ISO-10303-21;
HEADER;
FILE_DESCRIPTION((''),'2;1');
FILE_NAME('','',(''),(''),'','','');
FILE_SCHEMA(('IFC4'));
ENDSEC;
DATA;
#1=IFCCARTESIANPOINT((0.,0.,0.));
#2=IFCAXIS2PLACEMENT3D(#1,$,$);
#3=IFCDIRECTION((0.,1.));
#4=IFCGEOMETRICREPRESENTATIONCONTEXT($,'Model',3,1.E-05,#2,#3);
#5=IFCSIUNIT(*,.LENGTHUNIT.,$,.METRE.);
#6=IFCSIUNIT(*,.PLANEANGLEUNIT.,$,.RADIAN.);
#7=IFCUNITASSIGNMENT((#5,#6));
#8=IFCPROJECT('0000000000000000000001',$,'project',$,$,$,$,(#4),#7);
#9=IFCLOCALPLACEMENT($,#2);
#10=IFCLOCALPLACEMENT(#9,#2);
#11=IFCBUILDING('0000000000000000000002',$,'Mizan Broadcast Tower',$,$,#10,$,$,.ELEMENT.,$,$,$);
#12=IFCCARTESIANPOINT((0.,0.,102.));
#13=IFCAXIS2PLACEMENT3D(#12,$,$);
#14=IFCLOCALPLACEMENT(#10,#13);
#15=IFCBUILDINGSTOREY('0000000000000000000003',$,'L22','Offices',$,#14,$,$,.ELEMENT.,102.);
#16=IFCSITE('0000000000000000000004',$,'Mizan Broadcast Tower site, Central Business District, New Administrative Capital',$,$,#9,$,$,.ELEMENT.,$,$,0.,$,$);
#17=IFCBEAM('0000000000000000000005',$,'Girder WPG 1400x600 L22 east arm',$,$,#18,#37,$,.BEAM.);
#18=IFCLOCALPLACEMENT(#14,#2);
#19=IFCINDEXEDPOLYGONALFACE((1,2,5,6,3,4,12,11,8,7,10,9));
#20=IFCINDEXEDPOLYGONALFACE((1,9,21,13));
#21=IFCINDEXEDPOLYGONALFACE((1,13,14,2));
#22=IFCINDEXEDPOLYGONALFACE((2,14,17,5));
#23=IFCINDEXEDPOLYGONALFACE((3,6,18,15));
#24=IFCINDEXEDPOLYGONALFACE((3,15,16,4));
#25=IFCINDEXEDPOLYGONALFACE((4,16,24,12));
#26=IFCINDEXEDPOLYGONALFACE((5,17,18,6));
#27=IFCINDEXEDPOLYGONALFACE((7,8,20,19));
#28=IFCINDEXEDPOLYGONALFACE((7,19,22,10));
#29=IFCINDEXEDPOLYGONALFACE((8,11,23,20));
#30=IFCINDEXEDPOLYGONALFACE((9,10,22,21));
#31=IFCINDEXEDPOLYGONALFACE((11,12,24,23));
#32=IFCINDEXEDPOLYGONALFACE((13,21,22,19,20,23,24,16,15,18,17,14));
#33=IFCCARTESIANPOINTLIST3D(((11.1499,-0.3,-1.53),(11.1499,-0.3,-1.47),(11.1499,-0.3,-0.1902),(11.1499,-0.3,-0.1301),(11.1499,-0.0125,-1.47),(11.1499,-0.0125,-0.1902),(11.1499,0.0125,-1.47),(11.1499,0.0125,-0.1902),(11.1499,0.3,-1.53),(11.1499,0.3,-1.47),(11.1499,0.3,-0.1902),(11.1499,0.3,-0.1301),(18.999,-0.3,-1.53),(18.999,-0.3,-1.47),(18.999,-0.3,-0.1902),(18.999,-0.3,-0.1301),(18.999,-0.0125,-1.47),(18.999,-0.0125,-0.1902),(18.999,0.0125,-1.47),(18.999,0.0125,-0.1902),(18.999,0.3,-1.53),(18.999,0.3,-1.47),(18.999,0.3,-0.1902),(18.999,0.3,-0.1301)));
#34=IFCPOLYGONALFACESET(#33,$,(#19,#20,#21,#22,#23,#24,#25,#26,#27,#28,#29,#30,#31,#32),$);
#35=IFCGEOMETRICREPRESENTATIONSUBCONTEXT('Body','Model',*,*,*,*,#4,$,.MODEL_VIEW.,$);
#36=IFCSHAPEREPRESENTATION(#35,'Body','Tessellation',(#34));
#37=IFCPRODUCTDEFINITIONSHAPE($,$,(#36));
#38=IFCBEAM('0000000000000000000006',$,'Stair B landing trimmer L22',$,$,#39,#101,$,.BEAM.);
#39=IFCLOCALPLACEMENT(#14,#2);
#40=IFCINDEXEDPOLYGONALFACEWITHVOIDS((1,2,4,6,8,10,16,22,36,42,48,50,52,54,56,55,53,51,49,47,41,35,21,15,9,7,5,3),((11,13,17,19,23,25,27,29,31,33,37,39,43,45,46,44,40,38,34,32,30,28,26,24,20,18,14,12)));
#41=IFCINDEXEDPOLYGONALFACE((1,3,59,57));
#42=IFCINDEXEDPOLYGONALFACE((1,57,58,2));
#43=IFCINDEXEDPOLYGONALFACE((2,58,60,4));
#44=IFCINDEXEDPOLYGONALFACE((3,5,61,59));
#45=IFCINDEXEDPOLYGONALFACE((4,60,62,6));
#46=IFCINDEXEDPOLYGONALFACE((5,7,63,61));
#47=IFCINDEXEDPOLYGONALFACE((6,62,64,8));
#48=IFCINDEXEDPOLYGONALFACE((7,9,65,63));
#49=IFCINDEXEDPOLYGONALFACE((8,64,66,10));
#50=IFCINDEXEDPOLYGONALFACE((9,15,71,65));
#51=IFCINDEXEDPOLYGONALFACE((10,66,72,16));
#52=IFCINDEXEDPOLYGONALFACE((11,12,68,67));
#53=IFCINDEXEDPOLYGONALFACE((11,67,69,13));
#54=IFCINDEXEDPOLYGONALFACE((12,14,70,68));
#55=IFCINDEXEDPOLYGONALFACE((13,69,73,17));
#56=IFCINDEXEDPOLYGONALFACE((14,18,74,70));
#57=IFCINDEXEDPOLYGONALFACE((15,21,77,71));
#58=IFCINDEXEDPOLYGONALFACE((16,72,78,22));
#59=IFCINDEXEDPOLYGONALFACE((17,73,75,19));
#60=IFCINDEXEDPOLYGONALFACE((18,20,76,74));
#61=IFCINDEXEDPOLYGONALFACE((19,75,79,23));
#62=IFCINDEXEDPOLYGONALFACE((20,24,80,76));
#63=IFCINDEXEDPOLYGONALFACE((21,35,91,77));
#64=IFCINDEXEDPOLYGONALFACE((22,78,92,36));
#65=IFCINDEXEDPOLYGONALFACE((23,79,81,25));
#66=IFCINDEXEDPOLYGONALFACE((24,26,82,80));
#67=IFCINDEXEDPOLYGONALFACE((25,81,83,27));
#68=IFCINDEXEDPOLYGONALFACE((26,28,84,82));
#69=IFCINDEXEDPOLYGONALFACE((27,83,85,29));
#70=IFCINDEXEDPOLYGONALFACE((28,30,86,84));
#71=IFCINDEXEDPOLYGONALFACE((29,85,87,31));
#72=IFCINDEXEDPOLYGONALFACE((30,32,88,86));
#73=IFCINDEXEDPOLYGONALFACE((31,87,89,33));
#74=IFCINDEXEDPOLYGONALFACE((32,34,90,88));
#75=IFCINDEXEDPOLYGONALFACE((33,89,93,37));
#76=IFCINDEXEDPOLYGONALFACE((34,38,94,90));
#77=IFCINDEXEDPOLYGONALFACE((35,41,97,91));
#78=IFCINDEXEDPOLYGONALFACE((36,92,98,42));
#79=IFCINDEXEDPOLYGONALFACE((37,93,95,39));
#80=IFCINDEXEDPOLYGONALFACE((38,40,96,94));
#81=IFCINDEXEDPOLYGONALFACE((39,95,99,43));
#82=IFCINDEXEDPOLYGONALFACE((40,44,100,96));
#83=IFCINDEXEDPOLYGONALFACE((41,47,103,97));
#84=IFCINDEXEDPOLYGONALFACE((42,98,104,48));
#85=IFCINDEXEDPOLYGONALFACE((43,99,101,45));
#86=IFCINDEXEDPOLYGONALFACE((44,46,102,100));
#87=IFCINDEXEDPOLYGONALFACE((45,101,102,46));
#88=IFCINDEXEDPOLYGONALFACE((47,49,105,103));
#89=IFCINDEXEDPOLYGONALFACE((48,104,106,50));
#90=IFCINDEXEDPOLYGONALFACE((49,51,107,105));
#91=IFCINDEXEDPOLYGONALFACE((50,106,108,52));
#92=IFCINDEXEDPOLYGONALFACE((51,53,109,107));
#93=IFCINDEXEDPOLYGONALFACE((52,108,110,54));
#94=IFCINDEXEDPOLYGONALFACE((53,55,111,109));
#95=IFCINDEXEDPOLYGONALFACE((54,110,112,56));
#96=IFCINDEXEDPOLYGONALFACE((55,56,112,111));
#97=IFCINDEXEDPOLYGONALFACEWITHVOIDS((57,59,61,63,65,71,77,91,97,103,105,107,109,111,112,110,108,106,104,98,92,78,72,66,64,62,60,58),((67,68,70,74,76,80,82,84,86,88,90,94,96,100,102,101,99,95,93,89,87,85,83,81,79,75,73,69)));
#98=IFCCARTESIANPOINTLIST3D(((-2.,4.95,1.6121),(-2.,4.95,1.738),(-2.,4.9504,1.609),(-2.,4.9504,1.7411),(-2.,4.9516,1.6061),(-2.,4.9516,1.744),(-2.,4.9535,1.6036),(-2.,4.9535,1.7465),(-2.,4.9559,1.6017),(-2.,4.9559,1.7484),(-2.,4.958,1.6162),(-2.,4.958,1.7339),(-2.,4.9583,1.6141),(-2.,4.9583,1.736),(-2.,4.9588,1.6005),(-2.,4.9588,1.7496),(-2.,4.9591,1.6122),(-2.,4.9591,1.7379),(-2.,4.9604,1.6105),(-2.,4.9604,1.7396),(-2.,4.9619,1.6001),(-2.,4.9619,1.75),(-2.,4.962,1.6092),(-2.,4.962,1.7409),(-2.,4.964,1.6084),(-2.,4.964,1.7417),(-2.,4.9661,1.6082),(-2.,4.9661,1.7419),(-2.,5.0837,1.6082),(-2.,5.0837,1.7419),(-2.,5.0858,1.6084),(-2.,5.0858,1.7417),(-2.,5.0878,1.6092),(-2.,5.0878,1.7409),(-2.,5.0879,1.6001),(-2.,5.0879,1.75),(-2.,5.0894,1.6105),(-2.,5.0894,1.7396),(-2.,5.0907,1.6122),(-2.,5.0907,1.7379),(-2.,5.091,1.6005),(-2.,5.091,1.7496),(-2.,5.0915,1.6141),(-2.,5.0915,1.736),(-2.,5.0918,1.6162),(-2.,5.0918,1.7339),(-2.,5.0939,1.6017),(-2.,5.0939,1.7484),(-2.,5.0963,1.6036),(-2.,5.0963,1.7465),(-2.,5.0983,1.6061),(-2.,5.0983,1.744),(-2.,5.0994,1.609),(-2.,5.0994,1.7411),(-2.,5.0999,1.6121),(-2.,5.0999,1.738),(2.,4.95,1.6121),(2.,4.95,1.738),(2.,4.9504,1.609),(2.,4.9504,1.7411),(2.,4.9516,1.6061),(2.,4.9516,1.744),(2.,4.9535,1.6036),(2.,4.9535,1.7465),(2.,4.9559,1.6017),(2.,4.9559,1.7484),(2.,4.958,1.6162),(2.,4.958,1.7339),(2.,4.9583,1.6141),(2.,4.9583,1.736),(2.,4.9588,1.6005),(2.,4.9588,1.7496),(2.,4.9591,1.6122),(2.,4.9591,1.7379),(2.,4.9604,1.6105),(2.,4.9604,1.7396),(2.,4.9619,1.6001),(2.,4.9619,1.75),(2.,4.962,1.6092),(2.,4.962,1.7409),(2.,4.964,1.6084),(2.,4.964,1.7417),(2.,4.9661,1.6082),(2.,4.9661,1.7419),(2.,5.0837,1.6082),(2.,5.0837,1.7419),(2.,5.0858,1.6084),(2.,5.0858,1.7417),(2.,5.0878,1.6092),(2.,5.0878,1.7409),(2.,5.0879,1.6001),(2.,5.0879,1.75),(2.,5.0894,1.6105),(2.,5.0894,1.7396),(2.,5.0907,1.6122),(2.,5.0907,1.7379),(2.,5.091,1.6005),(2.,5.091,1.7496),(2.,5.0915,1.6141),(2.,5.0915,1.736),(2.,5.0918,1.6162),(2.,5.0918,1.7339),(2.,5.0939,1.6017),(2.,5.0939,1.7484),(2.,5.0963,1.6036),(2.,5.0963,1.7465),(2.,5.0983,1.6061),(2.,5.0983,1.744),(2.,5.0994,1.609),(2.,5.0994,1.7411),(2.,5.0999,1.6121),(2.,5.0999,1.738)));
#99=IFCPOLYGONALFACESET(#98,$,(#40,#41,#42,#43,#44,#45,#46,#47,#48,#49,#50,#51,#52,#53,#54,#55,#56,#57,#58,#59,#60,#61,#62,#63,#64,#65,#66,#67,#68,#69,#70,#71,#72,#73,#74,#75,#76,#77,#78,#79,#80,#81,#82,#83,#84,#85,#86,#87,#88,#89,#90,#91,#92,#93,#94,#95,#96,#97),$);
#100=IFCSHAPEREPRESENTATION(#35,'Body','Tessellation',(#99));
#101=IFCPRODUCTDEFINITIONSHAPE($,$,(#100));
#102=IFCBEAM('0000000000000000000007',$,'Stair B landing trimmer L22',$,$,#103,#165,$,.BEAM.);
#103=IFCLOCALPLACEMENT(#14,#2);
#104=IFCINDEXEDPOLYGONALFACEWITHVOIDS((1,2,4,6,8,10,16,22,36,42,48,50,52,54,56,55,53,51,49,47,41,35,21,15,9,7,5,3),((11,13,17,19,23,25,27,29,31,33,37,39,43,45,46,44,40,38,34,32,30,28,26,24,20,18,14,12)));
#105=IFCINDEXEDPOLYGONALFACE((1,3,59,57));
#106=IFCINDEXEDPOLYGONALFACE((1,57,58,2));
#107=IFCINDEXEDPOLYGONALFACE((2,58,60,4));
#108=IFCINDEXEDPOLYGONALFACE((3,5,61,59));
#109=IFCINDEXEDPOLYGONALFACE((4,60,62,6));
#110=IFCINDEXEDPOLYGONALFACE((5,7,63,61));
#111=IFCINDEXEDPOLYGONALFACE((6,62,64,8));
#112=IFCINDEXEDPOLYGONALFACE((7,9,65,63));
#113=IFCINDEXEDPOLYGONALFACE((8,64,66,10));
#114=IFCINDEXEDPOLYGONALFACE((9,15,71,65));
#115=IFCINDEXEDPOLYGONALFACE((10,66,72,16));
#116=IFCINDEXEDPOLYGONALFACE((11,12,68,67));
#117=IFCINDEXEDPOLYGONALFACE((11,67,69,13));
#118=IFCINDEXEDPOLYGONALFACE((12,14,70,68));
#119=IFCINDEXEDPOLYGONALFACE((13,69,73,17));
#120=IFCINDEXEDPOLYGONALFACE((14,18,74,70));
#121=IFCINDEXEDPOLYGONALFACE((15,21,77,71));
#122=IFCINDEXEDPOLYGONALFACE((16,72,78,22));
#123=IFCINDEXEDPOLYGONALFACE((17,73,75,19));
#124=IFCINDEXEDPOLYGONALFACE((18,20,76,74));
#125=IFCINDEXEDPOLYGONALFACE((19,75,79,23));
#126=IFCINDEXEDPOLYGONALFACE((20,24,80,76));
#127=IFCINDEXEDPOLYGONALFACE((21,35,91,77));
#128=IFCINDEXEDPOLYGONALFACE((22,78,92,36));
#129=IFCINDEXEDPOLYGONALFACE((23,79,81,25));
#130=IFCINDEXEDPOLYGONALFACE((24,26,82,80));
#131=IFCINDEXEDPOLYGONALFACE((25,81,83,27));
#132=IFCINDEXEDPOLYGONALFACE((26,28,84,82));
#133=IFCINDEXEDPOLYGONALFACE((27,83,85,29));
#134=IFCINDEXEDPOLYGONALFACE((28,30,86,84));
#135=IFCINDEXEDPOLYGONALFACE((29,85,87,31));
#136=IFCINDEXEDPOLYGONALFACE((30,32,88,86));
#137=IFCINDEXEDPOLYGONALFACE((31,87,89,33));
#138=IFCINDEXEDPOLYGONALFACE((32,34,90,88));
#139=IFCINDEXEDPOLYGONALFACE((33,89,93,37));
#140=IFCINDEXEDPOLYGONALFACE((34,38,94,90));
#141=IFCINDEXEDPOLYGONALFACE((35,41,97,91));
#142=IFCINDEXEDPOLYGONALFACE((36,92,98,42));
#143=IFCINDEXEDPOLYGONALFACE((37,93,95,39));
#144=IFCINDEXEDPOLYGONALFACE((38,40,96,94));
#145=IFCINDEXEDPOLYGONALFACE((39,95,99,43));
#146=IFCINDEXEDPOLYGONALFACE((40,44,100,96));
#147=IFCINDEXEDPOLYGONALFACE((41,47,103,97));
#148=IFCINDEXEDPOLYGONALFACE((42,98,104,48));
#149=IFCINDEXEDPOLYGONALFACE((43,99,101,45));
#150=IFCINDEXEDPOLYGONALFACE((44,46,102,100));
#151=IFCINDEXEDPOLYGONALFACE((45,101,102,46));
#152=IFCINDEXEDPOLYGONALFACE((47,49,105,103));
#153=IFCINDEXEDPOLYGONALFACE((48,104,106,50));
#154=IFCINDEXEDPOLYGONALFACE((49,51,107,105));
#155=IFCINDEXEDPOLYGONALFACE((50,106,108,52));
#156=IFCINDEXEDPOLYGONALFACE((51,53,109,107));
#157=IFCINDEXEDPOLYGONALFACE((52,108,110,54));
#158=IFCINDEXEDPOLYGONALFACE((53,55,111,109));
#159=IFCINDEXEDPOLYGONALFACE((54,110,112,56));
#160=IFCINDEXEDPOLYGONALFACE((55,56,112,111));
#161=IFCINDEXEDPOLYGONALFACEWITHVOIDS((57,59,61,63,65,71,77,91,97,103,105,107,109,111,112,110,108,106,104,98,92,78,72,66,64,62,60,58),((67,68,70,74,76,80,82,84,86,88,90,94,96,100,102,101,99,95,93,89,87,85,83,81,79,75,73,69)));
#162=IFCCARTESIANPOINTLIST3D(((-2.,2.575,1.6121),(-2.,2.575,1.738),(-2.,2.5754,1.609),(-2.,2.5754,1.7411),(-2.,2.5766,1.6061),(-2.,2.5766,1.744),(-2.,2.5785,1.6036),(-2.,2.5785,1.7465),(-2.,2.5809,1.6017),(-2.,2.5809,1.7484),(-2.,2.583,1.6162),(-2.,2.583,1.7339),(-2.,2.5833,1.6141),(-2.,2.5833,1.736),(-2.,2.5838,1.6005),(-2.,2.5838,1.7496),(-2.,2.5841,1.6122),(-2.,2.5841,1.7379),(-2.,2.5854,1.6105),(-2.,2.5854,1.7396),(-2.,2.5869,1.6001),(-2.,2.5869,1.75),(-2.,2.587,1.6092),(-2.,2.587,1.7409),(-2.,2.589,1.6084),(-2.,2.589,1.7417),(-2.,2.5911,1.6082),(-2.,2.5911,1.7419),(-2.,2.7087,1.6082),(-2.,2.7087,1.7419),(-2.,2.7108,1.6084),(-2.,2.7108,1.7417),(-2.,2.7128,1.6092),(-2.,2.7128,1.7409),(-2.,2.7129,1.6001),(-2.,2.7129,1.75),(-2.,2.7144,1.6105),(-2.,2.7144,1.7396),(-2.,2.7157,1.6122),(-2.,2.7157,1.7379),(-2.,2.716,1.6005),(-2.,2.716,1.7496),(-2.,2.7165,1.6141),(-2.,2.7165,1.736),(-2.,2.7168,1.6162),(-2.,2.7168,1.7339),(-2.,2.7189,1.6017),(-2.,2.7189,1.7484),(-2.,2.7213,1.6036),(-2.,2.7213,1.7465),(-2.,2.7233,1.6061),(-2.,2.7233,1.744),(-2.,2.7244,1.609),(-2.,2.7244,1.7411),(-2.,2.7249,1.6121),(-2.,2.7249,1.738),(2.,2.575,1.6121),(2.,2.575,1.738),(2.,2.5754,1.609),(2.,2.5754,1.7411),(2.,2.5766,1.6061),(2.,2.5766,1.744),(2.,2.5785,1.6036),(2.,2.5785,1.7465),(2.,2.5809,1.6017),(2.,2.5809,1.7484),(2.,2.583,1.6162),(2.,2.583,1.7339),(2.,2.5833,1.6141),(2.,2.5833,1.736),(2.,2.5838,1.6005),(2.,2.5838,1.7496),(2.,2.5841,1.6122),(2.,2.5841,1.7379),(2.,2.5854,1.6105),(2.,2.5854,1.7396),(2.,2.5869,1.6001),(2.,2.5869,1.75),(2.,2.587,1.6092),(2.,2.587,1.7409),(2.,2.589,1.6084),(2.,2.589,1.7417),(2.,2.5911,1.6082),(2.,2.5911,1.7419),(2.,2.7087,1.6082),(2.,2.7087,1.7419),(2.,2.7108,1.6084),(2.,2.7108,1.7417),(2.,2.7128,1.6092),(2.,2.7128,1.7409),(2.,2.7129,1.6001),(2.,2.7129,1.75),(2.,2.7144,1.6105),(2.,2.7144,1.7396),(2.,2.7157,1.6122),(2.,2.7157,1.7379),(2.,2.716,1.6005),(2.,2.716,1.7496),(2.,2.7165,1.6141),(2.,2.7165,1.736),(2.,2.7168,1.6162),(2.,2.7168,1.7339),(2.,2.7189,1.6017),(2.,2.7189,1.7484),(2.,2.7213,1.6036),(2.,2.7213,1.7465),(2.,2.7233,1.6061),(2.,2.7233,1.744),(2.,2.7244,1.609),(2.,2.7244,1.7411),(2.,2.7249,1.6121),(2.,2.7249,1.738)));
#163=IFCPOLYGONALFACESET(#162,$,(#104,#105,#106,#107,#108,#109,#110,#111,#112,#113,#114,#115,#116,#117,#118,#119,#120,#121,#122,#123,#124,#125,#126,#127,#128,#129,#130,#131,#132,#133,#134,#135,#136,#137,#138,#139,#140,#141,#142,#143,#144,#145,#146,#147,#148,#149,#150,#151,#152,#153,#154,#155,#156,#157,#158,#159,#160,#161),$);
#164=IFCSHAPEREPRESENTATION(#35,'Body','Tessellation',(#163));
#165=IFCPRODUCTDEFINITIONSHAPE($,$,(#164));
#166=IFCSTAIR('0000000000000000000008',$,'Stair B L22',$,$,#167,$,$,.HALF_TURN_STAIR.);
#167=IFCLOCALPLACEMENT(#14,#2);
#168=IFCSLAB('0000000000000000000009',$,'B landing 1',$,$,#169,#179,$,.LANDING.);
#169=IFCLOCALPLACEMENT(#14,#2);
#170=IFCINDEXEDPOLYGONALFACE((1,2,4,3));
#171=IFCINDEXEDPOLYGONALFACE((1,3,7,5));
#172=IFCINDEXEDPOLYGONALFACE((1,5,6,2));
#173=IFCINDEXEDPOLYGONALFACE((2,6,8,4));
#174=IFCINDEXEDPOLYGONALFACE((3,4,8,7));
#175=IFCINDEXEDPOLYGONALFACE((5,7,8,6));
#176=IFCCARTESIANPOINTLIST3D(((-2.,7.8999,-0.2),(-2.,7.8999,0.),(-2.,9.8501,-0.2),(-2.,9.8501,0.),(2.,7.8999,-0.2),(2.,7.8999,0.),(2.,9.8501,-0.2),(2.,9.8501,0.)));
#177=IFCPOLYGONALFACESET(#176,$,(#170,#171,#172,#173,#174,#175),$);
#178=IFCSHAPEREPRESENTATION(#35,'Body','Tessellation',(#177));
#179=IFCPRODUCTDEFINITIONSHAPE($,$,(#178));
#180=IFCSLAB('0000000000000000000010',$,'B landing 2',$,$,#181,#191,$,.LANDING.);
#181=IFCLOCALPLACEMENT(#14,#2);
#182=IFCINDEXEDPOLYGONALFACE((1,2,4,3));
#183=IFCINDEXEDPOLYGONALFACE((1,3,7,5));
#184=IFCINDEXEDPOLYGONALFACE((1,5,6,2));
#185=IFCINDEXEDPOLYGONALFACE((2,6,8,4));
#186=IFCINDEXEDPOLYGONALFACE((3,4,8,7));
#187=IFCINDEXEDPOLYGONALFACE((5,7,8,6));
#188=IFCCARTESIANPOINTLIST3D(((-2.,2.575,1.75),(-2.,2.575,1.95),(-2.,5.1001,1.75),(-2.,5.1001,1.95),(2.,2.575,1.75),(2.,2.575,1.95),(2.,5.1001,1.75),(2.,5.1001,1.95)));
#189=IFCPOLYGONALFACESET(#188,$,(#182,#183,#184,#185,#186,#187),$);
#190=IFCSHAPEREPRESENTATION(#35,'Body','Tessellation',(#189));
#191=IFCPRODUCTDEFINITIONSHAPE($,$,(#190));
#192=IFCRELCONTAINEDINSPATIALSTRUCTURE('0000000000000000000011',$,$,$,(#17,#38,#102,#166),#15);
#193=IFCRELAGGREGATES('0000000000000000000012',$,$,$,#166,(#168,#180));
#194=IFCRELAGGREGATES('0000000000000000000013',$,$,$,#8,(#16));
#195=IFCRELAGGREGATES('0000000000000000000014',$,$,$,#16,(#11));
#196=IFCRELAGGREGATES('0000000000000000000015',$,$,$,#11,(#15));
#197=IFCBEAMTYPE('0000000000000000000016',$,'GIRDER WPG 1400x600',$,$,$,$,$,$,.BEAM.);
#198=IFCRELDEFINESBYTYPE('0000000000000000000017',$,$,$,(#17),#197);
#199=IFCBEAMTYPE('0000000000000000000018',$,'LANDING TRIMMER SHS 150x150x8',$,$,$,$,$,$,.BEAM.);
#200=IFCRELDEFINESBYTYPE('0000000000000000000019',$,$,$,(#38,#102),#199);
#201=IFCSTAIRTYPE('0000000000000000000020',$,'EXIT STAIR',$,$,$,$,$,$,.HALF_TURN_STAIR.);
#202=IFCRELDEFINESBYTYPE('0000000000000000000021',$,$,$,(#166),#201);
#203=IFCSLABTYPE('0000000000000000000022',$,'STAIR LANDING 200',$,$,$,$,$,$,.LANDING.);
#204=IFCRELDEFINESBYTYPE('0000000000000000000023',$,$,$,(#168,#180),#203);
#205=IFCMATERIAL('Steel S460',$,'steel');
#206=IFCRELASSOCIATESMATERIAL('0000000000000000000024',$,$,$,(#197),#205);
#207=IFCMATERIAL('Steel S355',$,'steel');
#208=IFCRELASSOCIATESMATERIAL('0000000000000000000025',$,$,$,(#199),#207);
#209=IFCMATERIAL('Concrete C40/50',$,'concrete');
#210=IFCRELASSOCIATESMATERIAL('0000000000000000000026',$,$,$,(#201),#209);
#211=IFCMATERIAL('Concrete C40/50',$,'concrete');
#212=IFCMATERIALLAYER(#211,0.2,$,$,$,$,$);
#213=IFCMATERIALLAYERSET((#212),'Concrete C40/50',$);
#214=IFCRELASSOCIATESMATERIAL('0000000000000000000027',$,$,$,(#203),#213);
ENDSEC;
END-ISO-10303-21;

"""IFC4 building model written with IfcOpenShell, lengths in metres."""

from ifc_helpers import new_model, si_unit, direction, frame, origin, origin_2d, place, context, subcontext, project, spatial, polyline, hollow_rectangle, i_section, outline, extrude, material, layer, layer_set, material_profile, profile_set, type_object, element, aggregate, save


model = new_model("IFC4")

# Units and contexts
model_context = context("Model", 3, precision=1e-05, world=origin(), true_north=direction((0.0, 1.0)))
body_context = subcontext(model_context, "Body", "Model", "MODEL_VIEW")
ifc_project = project(units=[si_unit("LENGTHUNIT", "METRE"), si_unit("PLANEANGLEUNIT", "RADIAN")], contexts=[model_context])

# Site, building, storey
site_placement = place(None, origin())
site = spatial("IfcSite", under=ifc_project, at=site_placement, Name="Mizan Broadcast Tower site, Central Business District, New Administrative Capital", CompositionType="ELEMENT", RefElevation=0.0)
building_placement = place(site_placement, origin())
building = spatial("IfcBuilding", under=site, at=building_placement, Name="Mizan Broadcast Tower", CompositionType="ELEMENT")
storey_placement = place(building_placement, frame((0.0, 0.0, 102.0)))
storey = spatial("IfcBuildingStorey", under=building, at=storey_placement, Name="L22", Description="Offices", CompositionType="ELEMENT", Elevation=102.0)

# Beams
ifc_material_1 = material(Name="Steel S460", Category="steel")
ifc_material_profile_1 = material_profile(ifc_material_1, i_section(OverallWidth=0.6001, OverallDepth=1.3999, WebThickness=0.0249, FlangeThickness=0.0601, at=origin_2d()), Name="WPG 1400x600")
ifc_profile_set_1 = profile_set([ifc_material_profile_1], Name="Steel S460")
beam_type_1 = type_object("IfcBeamType", Name="GIRDER WPG 1400x600", PredefinedType="BEAM", material=ifc_profile_set_1)
beam_placement = place(storey_placement, frame((11.1499, 0.0, -0.8301), z_axis=(1.0, 0.0, 0.0), x_axis=(0.0, 1.0, 0.0)))
element("IfcBeam", 1, at=beam_placement, inside=storey, type_object=beam_type_1, Name="Girder WPG 1400x600 L22 east arm", PredefinedType="BEAM", context=body_context, shape_type="SweptSolid", body=[
    extrude(i_section(OverallWidth=0.6001, OverallDepth=1.3999, WebThickness=0.0249, FlangeThickness=0.0601, at=origin_2d()), origin(), (0.0, 0.0, 1.0), 7.8491),
])
ifc_material_2 = material(Name="Steel S355", Category="steel")
ifc_material_profile_2 = material_profile(ifc_material_2, hollow_rectangle(XDim=0.1499, YDim=0.1499, WallThickness=0.0081, InnerFilletRadius=0.0081, OuterFilletRadius=0.012, at=origin_2d()), Name="SHS 150x150x8")
ifc_profile_set_2 = profile_set([ifc_material_profile_2], Name="Steel S355")
beam_type_2 = type_object("IfcBeamType", Name="LANDING TRIMMER SHS 150x150x8", PredefinedType="BEAM", material=ifc_profile_set_2)
for number, where, z_axis, x_axis, name in (
    (2, (2.0, 5.0249, 1.675), (-1.0, 0.0, 0.0), (0.0, -1.0, 0.0), "Stair B landing trimmer L22"),
    (3, (2.0, 2.6499, 1.675), (-1.0, 0.0, 0.0), (0.0, -1.0, 0.0), "Stair B landing trimmer L22"),
):
    element("IfcBeam", number, at=place(storey_placement, frame(where, z_axis=z_axis, x_axis=x_axis)), inside=storey, type_object=beam_type_2, Name=name, PredefinedType="BEAM", context=body_context, shape_type="SweptSolid", body=[
        extrude(hollow_rectangle(XDim=0.1499, YDim=0.1499, WallThickness=0.0081, InnerFilletRadius=0.0081, OuterFilletRadius=0.012, at=origin_2d()), origin(), (0.0, 0.0, 1.0), 4.0),
    ])

# Stair, slabs
ifc_material_3 = material(Name="Concrete C40/50", Category="concrete")
stair_type = type_object("IfcStairType", Name="EXIT STAIR", PredefinedType="HALF_TURN_STAIR", material=ifc_material_3)
stair_placement = place(storey_placement, origin())
stair = element("IfcStair", 4, at=stair_placement, inside=storey, type_object=stair_type, Name="Stair B L22", PredefinedType="HALF_TURN_STAIR")
ifc_material_4 = material(Name="Concrete C40/50", Category="concrete")
ifc_layer_1 = layer(ifc_material_4, 0.2)
ifc_layer_set_1 = layer_set([ifc_layer_1], Name="Concrete C40/50")
slab_type = type_object("IfcSlabType", Name="STAIR LANDING 200", PredefinedType="LANDING", material=ifc_layer_set_1)
slab_1_placement = place(storey_placement, frame((0.0, 0.0, -0.2)))
slab_1 = element("IfcSlab", 5, at=slab_1_placement, type_object=slab_type, Name="B landing 1", PredefinedType="LANDING", context=body_context, shape_type="SweptSolid", body=[
    extrude(outline(polyline([(2.0, 9.8501), (2.0, 7.8999), (-2.0, 7.8999), (-2.0, 9.8501), (2.0, 9.8501)])), origin(), (0.0, 0.0, 1.0), 0.2),
])
slab_2_placement = place(storey_placement, frame((0.0, 0.0, 1.75)))
slab_2 = element("IfcSlab", 6, at=slab_2_placement, type_object=slab_type, Name="B landing 2", PredefinedType="LANDING", context=body_context, shape_type="SweptSolid", body=[
    extrude(outline(polyline([(2.0, 5.1001), (2.0, 2.575), (-2.0, 2.575), (-2.0, 5.1001), (2.0, 5.1001)])), origin(), (0.0, 0.0, 1.0), 0.2),
])

aggregate(stair, [slab_1, slab_2])

save(model, "model.ifc")
